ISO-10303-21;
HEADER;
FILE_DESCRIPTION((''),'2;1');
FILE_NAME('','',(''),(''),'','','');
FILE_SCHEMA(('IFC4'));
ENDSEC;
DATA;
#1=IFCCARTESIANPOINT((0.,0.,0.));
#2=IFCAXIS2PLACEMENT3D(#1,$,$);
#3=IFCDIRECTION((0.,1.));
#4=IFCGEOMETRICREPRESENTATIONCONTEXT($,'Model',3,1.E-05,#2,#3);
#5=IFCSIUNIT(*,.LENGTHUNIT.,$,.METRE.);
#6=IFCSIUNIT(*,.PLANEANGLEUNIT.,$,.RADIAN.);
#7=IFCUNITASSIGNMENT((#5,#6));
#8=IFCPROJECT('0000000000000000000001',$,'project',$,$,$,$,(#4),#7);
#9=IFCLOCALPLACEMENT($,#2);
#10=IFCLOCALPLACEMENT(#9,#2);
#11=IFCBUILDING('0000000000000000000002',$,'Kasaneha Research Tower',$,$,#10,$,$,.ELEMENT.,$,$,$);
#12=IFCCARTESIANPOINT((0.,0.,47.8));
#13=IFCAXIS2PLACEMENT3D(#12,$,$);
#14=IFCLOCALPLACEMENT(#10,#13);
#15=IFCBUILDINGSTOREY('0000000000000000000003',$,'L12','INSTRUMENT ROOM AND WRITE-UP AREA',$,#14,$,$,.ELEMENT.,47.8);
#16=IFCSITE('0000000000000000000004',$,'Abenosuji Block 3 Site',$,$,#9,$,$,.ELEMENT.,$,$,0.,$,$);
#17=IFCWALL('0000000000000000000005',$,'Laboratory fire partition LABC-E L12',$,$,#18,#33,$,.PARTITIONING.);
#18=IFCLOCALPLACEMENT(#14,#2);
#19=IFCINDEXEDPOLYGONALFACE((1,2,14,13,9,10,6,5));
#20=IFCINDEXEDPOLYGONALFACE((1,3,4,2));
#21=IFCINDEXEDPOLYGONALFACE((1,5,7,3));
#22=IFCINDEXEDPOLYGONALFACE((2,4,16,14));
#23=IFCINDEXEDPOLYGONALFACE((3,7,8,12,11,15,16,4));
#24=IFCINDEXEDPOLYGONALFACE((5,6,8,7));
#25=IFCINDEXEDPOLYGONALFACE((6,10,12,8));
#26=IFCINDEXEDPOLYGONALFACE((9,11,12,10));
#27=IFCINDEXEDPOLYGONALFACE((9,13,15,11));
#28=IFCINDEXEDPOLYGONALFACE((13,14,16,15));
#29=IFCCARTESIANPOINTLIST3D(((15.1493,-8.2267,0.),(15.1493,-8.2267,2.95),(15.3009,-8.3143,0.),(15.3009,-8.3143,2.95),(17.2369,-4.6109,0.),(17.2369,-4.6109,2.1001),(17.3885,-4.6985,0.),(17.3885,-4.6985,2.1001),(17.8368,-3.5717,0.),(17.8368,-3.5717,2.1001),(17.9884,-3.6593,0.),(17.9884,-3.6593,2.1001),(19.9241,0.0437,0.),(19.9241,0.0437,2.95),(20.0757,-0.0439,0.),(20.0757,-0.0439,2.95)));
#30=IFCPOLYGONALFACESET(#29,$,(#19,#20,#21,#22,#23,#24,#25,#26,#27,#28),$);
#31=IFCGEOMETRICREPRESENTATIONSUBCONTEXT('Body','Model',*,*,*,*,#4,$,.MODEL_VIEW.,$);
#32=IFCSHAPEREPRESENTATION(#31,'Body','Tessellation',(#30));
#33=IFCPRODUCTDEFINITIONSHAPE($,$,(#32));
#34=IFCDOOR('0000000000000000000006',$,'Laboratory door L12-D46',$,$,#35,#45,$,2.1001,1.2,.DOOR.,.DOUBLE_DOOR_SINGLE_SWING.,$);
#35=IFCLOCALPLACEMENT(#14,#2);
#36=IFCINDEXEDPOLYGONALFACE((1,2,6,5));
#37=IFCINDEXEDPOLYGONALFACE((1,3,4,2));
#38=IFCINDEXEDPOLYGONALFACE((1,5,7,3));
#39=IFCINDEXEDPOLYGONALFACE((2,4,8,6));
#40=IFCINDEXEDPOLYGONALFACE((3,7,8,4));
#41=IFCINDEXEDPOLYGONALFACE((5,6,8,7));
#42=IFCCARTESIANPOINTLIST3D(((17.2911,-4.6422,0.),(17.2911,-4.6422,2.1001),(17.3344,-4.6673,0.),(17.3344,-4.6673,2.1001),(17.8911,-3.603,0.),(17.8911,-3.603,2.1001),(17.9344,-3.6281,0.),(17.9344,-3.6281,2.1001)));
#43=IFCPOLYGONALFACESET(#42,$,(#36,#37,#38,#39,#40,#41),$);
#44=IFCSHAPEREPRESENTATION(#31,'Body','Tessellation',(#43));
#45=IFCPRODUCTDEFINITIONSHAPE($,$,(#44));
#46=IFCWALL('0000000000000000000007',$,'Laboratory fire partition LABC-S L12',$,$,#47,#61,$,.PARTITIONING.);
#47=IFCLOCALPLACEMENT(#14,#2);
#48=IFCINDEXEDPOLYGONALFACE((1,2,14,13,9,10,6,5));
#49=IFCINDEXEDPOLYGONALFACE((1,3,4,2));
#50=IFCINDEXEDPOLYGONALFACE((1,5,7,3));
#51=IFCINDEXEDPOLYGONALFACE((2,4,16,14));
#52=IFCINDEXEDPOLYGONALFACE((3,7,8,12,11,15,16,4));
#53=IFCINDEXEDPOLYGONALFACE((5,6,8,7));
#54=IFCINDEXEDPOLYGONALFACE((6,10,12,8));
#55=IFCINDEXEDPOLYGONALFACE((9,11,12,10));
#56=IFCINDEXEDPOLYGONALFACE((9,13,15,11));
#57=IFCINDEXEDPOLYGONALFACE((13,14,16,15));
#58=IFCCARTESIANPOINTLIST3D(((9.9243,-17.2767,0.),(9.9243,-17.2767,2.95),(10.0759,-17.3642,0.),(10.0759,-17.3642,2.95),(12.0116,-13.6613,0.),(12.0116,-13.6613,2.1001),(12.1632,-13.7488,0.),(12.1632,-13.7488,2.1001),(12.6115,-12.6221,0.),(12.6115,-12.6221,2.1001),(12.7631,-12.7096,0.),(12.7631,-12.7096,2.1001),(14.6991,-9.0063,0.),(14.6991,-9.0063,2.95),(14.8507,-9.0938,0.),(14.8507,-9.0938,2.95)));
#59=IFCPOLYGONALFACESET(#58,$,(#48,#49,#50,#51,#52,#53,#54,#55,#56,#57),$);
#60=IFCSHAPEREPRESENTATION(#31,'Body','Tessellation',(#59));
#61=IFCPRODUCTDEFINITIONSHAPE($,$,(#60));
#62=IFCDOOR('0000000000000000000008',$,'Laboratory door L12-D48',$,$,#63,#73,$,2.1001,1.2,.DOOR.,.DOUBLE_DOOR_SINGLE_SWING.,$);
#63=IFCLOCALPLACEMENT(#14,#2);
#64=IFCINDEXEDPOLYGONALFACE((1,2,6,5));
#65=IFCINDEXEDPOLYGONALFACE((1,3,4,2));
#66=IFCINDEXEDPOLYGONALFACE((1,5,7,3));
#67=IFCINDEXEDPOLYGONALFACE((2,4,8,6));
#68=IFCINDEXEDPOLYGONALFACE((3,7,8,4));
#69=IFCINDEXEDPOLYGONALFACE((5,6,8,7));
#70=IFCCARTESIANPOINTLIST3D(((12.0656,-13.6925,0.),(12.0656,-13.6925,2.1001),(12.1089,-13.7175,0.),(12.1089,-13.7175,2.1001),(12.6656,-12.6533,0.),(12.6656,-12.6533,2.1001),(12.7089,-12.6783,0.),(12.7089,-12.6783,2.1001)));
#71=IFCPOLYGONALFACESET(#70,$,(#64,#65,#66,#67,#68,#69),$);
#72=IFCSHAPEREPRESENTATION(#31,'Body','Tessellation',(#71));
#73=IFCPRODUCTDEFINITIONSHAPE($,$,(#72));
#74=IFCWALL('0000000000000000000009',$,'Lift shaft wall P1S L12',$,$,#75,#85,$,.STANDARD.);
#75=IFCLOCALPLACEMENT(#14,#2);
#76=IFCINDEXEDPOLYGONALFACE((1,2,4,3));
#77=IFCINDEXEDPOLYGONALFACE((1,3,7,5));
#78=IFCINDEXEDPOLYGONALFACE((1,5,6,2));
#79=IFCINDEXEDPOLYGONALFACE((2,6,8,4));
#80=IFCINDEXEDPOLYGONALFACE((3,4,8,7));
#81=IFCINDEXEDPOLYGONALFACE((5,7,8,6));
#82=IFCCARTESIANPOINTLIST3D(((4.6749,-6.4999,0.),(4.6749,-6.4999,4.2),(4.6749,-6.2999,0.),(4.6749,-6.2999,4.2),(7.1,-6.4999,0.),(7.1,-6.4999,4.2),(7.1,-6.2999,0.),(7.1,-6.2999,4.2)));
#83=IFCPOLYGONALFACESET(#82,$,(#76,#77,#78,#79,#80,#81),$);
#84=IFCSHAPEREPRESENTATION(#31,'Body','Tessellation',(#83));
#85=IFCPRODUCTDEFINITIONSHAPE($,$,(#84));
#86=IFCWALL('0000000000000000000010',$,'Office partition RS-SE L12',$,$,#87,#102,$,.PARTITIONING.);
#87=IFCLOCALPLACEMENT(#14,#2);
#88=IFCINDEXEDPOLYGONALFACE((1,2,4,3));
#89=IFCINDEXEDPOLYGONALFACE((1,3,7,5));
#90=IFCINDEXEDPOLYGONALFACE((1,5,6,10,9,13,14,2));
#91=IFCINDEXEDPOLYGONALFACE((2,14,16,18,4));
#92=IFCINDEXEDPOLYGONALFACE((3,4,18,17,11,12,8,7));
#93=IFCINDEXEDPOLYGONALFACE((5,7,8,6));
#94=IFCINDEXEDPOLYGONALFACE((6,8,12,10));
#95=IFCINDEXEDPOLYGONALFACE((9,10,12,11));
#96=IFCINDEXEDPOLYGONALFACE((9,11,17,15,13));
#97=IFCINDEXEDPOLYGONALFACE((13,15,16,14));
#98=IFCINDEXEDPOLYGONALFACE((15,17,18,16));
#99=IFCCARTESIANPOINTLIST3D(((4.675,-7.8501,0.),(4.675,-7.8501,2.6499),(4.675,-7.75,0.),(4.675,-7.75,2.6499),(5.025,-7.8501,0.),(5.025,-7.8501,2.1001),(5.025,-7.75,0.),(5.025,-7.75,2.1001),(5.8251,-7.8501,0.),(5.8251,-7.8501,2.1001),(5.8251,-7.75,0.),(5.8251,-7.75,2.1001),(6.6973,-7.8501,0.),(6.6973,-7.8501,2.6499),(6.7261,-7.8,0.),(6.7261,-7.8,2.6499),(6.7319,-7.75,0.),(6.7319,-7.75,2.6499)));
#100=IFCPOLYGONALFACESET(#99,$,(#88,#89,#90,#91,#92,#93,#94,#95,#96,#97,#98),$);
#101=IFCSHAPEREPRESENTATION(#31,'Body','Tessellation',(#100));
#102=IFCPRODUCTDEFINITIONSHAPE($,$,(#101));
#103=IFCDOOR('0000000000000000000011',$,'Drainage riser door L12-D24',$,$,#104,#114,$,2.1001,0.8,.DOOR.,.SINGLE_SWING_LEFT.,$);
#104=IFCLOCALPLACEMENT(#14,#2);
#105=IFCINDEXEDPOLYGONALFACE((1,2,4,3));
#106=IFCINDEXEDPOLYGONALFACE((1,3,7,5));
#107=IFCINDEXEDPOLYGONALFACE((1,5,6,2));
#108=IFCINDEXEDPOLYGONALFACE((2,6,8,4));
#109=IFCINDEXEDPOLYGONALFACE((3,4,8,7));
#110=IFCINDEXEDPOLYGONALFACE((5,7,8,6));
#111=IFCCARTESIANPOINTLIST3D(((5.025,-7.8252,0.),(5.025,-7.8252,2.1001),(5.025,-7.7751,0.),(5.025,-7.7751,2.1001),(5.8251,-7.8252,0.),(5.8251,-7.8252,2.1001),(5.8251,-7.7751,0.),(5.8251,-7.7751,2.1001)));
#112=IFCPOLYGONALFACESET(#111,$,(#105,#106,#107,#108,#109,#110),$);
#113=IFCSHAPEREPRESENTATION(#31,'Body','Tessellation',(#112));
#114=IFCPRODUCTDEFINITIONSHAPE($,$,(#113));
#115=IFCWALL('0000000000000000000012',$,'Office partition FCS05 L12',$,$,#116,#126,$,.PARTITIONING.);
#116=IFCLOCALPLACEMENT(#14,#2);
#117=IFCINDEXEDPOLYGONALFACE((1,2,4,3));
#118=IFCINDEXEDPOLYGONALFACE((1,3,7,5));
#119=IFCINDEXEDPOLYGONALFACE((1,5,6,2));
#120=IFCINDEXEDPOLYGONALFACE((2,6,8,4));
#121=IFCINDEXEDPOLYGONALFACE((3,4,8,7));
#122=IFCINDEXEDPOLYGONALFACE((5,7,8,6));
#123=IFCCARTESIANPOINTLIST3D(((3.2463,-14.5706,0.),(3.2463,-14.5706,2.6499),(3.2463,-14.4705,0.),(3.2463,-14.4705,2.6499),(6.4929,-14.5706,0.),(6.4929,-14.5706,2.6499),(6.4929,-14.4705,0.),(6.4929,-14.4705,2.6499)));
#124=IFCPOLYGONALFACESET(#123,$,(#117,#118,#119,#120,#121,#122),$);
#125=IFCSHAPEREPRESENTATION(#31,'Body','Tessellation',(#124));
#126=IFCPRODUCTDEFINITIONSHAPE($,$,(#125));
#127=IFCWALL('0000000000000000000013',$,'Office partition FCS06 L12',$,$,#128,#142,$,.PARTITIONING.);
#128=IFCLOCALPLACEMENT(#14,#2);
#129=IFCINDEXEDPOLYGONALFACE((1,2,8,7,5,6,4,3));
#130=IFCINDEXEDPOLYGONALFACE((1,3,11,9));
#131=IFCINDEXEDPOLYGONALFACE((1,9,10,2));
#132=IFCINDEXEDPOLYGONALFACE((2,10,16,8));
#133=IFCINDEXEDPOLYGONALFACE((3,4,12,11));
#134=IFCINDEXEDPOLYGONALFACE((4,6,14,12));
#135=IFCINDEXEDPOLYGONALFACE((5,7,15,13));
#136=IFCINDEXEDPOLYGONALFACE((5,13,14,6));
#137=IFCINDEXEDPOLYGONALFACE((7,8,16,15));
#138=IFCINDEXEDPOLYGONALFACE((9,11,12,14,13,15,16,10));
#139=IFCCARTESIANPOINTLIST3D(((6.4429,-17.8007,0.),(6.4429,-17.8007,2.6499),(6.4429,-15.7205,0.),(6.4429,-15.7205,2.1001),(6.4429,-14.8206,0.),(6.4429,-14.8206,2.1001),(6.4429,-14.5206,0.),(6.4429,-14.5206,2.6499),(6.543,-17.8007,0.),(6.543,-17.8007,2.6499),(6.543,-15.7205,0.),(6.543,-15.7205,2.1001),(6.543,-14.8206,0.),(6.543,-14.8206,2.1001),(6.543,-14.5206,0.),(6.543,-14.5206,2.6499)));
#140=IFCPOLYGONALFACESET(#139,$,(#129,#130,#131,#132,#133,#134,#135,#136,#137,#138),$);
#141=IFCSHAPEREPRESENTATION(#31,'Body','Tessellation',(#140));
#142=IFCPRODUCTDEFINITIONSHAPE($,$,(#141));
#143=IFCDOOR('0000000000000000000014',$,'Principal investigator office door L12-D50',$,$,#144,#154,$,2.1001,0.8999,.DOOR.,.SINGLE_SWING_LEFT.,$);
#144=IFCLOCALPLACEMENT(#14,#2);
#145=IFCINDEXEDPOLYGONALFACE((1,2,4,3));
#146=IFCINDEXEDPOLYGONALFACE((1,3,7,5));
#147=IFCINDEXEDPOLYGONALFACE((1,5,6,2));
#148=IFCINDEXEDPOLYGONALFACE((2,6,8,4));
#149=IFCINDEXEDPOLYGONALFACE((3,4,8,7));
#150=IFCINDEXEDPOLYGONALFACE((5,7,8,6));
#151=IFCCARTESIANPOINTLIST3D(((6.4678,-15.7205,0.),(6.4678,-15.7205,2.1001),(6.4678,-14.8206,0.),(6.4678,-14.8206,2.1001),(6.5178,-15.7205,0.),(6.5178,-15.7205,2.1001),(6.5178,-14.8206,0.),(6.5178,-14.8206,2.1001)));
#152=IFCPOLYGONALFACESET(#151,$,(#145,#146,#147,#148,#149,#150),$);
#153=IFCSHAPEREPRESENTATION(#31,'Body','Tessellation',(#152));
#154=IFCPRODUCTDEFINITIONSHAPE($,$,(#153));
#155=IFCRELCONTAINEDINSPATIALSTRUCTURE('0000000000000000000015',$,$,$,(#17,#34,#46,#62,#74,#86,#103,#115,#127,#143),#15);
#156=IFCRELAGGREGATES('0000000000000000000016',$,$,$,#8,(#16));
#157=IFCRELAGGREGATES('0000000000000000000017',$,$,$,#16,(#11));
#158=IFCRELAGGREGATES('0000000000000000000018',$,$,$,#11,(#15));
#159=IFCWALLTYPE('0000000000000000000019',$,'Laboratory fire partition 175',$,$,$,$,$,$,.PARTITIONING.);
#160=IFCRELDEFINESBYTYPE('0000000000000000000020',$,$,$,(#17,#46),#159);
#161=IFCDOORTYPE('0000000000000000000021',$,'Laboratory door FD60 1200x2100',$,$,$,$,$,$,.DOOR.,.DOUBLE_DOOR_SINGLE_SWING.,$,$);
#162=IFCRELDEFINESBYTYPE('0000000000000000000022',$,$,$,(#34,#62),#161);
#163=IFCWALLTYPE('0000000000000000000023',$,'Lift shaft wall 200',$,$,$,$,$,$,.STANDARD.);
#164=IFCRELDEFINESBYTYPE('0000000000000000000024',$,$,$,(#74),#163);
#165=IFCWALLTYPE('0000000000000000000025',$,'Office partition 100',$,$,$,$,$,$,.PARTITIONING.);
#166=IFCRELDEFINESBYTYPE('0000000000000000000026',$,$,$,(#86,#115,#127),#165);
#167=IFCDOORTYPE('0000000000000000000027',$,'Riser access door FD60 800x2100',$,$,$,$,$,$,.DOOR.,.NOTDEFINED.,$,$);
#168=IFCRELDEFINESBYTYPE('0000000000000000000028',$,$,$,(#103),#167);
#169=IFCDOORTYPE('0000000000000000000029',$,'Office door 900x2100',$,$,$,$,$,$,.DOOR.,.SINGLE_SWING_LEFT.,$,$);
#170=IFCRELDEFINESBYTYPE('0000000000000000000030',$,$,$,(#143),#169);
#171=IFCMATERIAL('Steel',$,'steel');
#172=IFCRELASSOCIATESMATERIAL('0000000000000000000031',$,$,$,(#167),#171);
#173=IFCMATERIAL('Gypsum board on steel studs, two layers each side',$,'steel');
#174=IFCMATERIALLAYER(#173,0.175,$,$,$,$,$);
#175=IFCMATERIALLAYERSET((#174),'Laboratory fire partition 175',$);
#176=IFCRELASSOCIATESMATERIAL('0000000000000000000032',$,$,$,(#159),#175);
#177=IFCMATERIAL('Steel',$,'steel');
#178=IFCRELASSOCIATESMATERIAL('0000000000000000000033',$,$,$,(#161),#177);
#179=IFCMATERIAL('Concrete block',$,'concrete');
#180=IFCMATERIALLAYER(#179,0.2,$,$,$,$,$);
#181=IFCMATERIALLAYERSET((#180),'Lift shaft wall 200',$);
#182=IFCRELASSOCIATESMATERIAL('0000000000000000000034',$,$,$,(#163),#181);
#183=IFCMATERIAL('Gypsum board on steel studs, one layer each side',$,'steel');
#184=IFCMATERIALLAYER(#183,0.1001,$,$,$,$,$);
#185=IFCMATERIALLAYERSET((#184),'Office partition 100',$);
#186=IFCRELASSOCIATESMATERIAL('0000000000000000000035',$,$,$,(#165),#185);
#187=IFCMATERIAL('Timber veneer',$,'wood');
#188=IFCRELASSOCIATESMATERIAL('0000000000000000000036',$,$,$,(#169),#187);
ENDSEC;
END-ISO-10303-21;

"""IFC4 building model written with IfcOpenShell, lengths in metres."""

from ifc_helpers import new_model, si_unit, direction, frame, frame_2d, origin, place, context, subcontext, project, spatial, polyline, rectangle, outline, extrude, material, layer, layer_set, type_object, element, fill, save


model = new_model("IFC4")

# Units and contexts
model_context = context("Model", 3, precision=1e-05, world=origin(), true_north=direction((0.0, 1.0)))
body_context = subcontext(model_context, "Body", "Model", "MODEL_VIEW")
ifc_project = project(units=[si_unit("LENGTHUNIT", "METRE"), si_unit("PLANEANGLEUNIT", "RADIAN")], contexts=[model_context])

# Site, building, storey
site_placement = place(None, origin())
site = spatial("IfcSite", under=ifc_project, at=site_placement, Name="Abenosuji Block 3 Site", CompositionType="ELEMENT", RefElevation=0.0)
building_placement = place(site_placement, origin())
building = spatial("IfcBuilding", under=site, at=building_placement, Name="Kasaneha Research Tower", CompositionType="ELEMENT")
storey_placement = place(building_placement, frame((0.0, 0.0, 47.8)))
storey = spatial("IfcBuildingStorey", under=building, at=storey_placement, Name="L12", Description="INSTRUMENT ROOM AND WRITE-UP AREA", CompositionType="ELEMENT", Elevation=47.8)

# Walls, openings, doors
ifc_material_1 = material(Name="Steel", Category="steel")
door_type_1 = type_object("IfcDoorType", Name="Riser access door FD60 800x2100", OperationType="NOTDEFINED", PredefinedType="DOOR", material=ifc_material_1)
ifc_material_2 = material(Name="Gypsum board on steel studs, two layers each side", Category="steel")
ifc_layer_1 = layer(ifc_material_2, 0.175)
ifc_layer_set_1 = layer_set([ifc_layer_1], Name="Laboratory fire partition 175")
wall_type_1 = type_object("IfcWallType", Name="Laboratory fire partition 175", PredefinedType="PARTITIONING", material=ifc_layer_set_1)
wall_1_placement = place(storey_placement, frame((15.2251, -8.2705, 0.0), z_axis=(0.0, 0.0, 1.0), x_axis=(0.499994, 0.866029, 0.0)))
wall_1 = element("IfcWall", 1, at=wall_1_placement, inside=storey, type_object=wall_type_1, Name="Laboratory fire partition LABC-E L12", PredefinedType="PARTITIONING", context=body_context, shape_type="SweptSolid", body=[
    extrude(rectangle(XDim=9.5498, YDim=0.175, at=frame_2d((4.7749, 0.0))), origin(), (0.0, 0.0, 1.0), 2.95),
])
opening_1_placement = place(wall_1_placement, frame((4.175, 0.0, 0.0)))
opening_1 = element("IfcOpeningElement", 2, at=opening_1_placement, cuts=wall_1, PredefinedType="OPENING", context=body_context, shape_type="SweptSolid", body=[
    extrude(rectangle(XDim=1.2, YDim=2.1001, at=frame_2d((0.6001, 1.05))), frame((0.0, 0.0977, 0.0), z_axis=(0.0, -1.0, 0.0), x_axis=(1.0, 0.0, 0.0)), (0.0, 0.0, 1.0), 0.1951),
])
ifc_material_3 = material(Name="Steel", Category="steel")
door_type_2 = type_object("IfcDoorType", Name="Laboratory door FD60 1200x2100", OperationType="DOUBLE_DOOR_SINGLE_SWING", PredefinedType="DOOR", material=ifc_material_3)
door_1_placement = place(opening_1_placement, origin())
door_1 = element("IfcDoor", 3, at=door_1_placement, inside=storey, type_object=door_type_2, Name="Laboratory door L12-D46", OperationType="DOUBLE_DOOR_SINGLE_SWING", OverallHeight=2.1001, OverallWidth=1.2, PredefinedType="DOOR", context=body_context, shape_type="SweptSolid", body=[
    extrude(rectangle(XDim=1.2, YDim=2.1001, at=frame_2d((0.6001, 1.05))), frame((0.0, 0.0249, 0.0), z_axis=(0.0, -1.0, 0.0), x_axis=(1.0, 0.0, 0.0)), (0.0, 0.0, 1.0), 0.05),
])
fill(opening_1, door_1)
wall_2_placement = place(storey_placement, frame((14.7749, -9.05, 0.0), z_axis=(0.0, 0.0, 1.0), x_axis=(-0.499994, -0.866029, 0.0)))
wall_2 = element("IfcWall", 4, at=wall_2_placement, inside=storey, type_object=wall_type_1, Name="Laboratory fire partition LABC-S L12", PredefinedType="PARTITIONING", context=body_context, shape_type="SweptSolid", body=[
    extrude(rectangle(XDim=9.5498, YDim=0.175, at=frame_2d((4.7749, 0.0))), origin(), (0.0, 0.0, 1.0), 2.95),
])
opening_2_placement = place(wall_2_placement, frame((4.175, 0.0, 0.0)))
opening_2 = element("IfcOpeningElement", 5, at=opening_2_placement, cuts=wall_2, PredefinedType="OPENING", context=body_context, shape_type="SweptSolid", body=[
    extrude(rectangle(XDim=1.2, YDim=2.1001, at=frame_2d((0.6001, 1.05))), frame((0.0, 0.0977, 0.0), z_axis=(0.0, -1.0, 0.0), x_axis=(1.0, 0.0, 0.0)), (0.0, 0.0, 1.0), 0.1951),
])
door_2_placement = place(opening_2_placement, origin())
door_2 = element("IfcDoor", 6, at=door_2_placement, inside=storey, type_object=door_type_2, Name="Laboratory door L12-D48", OperationType="DOUBLE_DOOR_SINGLE_SWING", OverallHeight=2.1001, OverallWidth=1.2, PredefinedType="DOOR", context=body_context, shape_type="SweptSolid", body=[
    extrude(rectangle(XDim=1.2, YDim=2.1001, at=frame_2d((0.6001, 1.05))), frame((0.0, 0.0249, 0.0), z_axis=(0.0, -1.0, 0.0), x_axis=(1.0, 0.0, 0.0)), (0.0, 0.0, 1.0), 0.05),
])
fill(opening_2, door_2)

# Wall
ifc_material_4 = material(Name="Concrete block", Category="concrete")
ifc_layer_2 = layer(ifc_material_4, 0.2)
ifc_layer_set_2 = layer_set([ifc_layer_2], Name="Lift shaft wall 200")
wall_type_2 = type_object("IfcWallType", Name="Lift shaft wall 200", PredefinedType="STANDARD", material=ifc_layer_set_2)
wall_3_placement = place(storey_placement, frame((4.675, -6.3999, 0.0), z_axis=(0.0, 0.0, 1.0), x_axis=(1.0, 0.0, 0.0)))
element("IfcWall", 7, at=wall_3_placement, inside=storey, type_object=wall_type_2, Name="Lift shaft wall P1S L12", PredefinedType="STANDARD", context=body_context, shape_type="SweptSolid", body=[
    extrude(rectangle(XDim=2.425, YDim=0.2, at=frame_2d((1.2124, 0.0))), origin(), (0.0, 0.0, 1.0), 4.2),
])

# Wall, opening, door
ifc_material_5 = material(Name="Gypsum board on steel studs, one layer each side", Category="steel")
ifc_layer_3 = layer(ifc_material_5, 0.1001)
ifc_layer_set_3 = layer_set([ifc_layer_3], Name="Office partition 100")
wall_type_3 = type_object("IfcWallType", Name="Office partition 100", PredefinedType="PARTITIONING", material=ifc_layer_set_3)
wall_4_placement = place(storey_placement, frame((4.675, -7.8, 0.0), z_axis=(0.0, 0.0, 1.0), x_axis=(1.0, 0.0, 0.0)))
wall_4 = element("IfcWall", 8, at=wall_4_placement, inside=storey, type_object=wall_type_3, Name="Office partition RS-SE L12", PredefinedType="PARTITIONING", context=body_context, shape_type="SweptSolid", body=[
    extrude(outline(polyline([(0.0, -0.05), (0.3501, -0.05), (1.1501, -0.05), (2.0222, -0.05), (2.051, 0.0), (2.0569, 0.05), (1.1501, 0.05), (0.3501, 0.05), (0.0, 0.05), (0.0, -0.05)])), origin(), (0.0, 0.0, 1.0), 2.6499),
])
opening_3_placement = place(wall_4_placement, frame((0.3501, 0.0, 0.0)))
opening_3 = element("IfcOpeningElement", 9, at=opening_3_placement, cuts=wall_4, PredefinedType="OPENING", context=body_context, shape_type="SweptSolid", body=[
    extrude(rectangle(XDim=0.8, YDim=2.1001, at=frame_2d((0.3999, 1.05))), frame((0.0, 0.0601, 0.0), z_axis=(0.0, -1.0, 0.0), x_axis=(1.0, 0.0, 0.0)), (0.0, 0.0, 1.0), 0.1201),
])
door_3_placement = place(opening_3_placement, origin())
door_3 = element("IfcDoor", 10, at=door_3_placement, inside=storey, type_object=door_type_1, Name="Drainage riser door L12-D24", OperationType="SINGLE_SWING_LEFT", OverallHeight=2.1001, OverallWidth=0.8, PredefinedType="DOOR", context=body_context, shape_type="SweptSolid", body=[
    extrude(rectangle(XDim=0.8, YDim=2.1001, at=frame_2d((0.3999, 1.05))), frame((0.0, 0.0249, 0.0), z_axis=(0.0, -1.0, 0.0), x_axis=(1.0, 0.0, 0.0)), (0.0, 0.0, 1.0), 0.05),
])
fill(opening_3, door_3)

# Wall
wall_5_placement = place(storey_placement, frame((3.2463, -14.5205, 0.0), z_axis=(0.0, 0.0, 1.0), x_axis=(1.0, 0.0, 0.0)))
element("IfcWall", 11, at=wall_5_placement, inside=storey, type_object=wall_type_3, Name="Office partition FCS05 L12", PredefinedType="PARTITIONING", context=body_context, shape_type="SweptSolid", body=[
    extrude(rectangle(XDim=3.2466, YDim=0.1001, at=frame_2d((1.6233, 0.0))), origin(), (0.0, 0.0, 1.0), 2.6499),
])

# Wall, opening, door
wall_6_placement = place(storey_placement, frame((6.4929, -14.5205, 0.0), z_axis=(0.0, 0.0, 1.0), x_axis=(0.0, -1.0, 0.0)))
wall_6 = element("IfcWall", 12, at=wall_6_placement, inside=storey, type_object=wall_type_3, Name="Office partition FCS06 L12", PredefinedType="PARTITIONING", context=body_context, shape_type="SweptSolid", body=[
    extrude(rectangle(XDim=3.28, YDim=0.1001, at=frame_2d((1.6401, 0.0))), origin(), (0.0, 0.0, 1.0), 2.6499),
])
opening_4_placement = place(wall_6_placement, frame((0.3, 0.0, 0.0)))
opening_4 = element("IfcOpeningElement", 13, at=opening_4_placement, cuts=wall_6, PredefinedType="OPENING", context=body_context, shape_type="SweptSolid", body=[
    extrude(rectangle(XDim=0.8999, YDim=2.1001, at=frame_2d((0.45, 1.05))), frame((0.0, 0.0601, 0.0), z_axis=(0.0, -1.0, 0.0), x_axis=(1.0, 0.0, 0.0)), (0.0, 0.0, 1.0), 0.1201),
])
ifc_material_6 = material(Name="Timber veneer", Category="wood")
door_type_3 = type_object("IfcDoorType", Name="Office door 900x2100", OperationType="SINGLE_SWING_LEFT", PredefinedType="DOOR", material=ifc_material_6)
door_4_placement = place(opening_4_placement, origin())
door_4 = element("IfcDoor", 14, at=door_4_placement, inside=storey, type_object=door_type_3, Name="Principal investigator office door L12-D50", OperationType="SINGLE_SWING_LEFT", OverallHeight=2.1001, OverallWidth=0.8999, PredefinedType="DOOR", context=body_context, shape_type="SweptSolid", body=[
    extrude(rectangle(XDim=0.8999, YDim=2.1001, at=frame_2d((0.45, 1.05))), frame((0.0, 0.0249, 0.0), z_axis=(0.0, -1.0, 0.0), x_axis=(1.0, 0.0, 0.0)), (0.0, 0.0, 1.0), 0.05),
])
fill(opening_4, door_4)

save(model, "model.ifc")
